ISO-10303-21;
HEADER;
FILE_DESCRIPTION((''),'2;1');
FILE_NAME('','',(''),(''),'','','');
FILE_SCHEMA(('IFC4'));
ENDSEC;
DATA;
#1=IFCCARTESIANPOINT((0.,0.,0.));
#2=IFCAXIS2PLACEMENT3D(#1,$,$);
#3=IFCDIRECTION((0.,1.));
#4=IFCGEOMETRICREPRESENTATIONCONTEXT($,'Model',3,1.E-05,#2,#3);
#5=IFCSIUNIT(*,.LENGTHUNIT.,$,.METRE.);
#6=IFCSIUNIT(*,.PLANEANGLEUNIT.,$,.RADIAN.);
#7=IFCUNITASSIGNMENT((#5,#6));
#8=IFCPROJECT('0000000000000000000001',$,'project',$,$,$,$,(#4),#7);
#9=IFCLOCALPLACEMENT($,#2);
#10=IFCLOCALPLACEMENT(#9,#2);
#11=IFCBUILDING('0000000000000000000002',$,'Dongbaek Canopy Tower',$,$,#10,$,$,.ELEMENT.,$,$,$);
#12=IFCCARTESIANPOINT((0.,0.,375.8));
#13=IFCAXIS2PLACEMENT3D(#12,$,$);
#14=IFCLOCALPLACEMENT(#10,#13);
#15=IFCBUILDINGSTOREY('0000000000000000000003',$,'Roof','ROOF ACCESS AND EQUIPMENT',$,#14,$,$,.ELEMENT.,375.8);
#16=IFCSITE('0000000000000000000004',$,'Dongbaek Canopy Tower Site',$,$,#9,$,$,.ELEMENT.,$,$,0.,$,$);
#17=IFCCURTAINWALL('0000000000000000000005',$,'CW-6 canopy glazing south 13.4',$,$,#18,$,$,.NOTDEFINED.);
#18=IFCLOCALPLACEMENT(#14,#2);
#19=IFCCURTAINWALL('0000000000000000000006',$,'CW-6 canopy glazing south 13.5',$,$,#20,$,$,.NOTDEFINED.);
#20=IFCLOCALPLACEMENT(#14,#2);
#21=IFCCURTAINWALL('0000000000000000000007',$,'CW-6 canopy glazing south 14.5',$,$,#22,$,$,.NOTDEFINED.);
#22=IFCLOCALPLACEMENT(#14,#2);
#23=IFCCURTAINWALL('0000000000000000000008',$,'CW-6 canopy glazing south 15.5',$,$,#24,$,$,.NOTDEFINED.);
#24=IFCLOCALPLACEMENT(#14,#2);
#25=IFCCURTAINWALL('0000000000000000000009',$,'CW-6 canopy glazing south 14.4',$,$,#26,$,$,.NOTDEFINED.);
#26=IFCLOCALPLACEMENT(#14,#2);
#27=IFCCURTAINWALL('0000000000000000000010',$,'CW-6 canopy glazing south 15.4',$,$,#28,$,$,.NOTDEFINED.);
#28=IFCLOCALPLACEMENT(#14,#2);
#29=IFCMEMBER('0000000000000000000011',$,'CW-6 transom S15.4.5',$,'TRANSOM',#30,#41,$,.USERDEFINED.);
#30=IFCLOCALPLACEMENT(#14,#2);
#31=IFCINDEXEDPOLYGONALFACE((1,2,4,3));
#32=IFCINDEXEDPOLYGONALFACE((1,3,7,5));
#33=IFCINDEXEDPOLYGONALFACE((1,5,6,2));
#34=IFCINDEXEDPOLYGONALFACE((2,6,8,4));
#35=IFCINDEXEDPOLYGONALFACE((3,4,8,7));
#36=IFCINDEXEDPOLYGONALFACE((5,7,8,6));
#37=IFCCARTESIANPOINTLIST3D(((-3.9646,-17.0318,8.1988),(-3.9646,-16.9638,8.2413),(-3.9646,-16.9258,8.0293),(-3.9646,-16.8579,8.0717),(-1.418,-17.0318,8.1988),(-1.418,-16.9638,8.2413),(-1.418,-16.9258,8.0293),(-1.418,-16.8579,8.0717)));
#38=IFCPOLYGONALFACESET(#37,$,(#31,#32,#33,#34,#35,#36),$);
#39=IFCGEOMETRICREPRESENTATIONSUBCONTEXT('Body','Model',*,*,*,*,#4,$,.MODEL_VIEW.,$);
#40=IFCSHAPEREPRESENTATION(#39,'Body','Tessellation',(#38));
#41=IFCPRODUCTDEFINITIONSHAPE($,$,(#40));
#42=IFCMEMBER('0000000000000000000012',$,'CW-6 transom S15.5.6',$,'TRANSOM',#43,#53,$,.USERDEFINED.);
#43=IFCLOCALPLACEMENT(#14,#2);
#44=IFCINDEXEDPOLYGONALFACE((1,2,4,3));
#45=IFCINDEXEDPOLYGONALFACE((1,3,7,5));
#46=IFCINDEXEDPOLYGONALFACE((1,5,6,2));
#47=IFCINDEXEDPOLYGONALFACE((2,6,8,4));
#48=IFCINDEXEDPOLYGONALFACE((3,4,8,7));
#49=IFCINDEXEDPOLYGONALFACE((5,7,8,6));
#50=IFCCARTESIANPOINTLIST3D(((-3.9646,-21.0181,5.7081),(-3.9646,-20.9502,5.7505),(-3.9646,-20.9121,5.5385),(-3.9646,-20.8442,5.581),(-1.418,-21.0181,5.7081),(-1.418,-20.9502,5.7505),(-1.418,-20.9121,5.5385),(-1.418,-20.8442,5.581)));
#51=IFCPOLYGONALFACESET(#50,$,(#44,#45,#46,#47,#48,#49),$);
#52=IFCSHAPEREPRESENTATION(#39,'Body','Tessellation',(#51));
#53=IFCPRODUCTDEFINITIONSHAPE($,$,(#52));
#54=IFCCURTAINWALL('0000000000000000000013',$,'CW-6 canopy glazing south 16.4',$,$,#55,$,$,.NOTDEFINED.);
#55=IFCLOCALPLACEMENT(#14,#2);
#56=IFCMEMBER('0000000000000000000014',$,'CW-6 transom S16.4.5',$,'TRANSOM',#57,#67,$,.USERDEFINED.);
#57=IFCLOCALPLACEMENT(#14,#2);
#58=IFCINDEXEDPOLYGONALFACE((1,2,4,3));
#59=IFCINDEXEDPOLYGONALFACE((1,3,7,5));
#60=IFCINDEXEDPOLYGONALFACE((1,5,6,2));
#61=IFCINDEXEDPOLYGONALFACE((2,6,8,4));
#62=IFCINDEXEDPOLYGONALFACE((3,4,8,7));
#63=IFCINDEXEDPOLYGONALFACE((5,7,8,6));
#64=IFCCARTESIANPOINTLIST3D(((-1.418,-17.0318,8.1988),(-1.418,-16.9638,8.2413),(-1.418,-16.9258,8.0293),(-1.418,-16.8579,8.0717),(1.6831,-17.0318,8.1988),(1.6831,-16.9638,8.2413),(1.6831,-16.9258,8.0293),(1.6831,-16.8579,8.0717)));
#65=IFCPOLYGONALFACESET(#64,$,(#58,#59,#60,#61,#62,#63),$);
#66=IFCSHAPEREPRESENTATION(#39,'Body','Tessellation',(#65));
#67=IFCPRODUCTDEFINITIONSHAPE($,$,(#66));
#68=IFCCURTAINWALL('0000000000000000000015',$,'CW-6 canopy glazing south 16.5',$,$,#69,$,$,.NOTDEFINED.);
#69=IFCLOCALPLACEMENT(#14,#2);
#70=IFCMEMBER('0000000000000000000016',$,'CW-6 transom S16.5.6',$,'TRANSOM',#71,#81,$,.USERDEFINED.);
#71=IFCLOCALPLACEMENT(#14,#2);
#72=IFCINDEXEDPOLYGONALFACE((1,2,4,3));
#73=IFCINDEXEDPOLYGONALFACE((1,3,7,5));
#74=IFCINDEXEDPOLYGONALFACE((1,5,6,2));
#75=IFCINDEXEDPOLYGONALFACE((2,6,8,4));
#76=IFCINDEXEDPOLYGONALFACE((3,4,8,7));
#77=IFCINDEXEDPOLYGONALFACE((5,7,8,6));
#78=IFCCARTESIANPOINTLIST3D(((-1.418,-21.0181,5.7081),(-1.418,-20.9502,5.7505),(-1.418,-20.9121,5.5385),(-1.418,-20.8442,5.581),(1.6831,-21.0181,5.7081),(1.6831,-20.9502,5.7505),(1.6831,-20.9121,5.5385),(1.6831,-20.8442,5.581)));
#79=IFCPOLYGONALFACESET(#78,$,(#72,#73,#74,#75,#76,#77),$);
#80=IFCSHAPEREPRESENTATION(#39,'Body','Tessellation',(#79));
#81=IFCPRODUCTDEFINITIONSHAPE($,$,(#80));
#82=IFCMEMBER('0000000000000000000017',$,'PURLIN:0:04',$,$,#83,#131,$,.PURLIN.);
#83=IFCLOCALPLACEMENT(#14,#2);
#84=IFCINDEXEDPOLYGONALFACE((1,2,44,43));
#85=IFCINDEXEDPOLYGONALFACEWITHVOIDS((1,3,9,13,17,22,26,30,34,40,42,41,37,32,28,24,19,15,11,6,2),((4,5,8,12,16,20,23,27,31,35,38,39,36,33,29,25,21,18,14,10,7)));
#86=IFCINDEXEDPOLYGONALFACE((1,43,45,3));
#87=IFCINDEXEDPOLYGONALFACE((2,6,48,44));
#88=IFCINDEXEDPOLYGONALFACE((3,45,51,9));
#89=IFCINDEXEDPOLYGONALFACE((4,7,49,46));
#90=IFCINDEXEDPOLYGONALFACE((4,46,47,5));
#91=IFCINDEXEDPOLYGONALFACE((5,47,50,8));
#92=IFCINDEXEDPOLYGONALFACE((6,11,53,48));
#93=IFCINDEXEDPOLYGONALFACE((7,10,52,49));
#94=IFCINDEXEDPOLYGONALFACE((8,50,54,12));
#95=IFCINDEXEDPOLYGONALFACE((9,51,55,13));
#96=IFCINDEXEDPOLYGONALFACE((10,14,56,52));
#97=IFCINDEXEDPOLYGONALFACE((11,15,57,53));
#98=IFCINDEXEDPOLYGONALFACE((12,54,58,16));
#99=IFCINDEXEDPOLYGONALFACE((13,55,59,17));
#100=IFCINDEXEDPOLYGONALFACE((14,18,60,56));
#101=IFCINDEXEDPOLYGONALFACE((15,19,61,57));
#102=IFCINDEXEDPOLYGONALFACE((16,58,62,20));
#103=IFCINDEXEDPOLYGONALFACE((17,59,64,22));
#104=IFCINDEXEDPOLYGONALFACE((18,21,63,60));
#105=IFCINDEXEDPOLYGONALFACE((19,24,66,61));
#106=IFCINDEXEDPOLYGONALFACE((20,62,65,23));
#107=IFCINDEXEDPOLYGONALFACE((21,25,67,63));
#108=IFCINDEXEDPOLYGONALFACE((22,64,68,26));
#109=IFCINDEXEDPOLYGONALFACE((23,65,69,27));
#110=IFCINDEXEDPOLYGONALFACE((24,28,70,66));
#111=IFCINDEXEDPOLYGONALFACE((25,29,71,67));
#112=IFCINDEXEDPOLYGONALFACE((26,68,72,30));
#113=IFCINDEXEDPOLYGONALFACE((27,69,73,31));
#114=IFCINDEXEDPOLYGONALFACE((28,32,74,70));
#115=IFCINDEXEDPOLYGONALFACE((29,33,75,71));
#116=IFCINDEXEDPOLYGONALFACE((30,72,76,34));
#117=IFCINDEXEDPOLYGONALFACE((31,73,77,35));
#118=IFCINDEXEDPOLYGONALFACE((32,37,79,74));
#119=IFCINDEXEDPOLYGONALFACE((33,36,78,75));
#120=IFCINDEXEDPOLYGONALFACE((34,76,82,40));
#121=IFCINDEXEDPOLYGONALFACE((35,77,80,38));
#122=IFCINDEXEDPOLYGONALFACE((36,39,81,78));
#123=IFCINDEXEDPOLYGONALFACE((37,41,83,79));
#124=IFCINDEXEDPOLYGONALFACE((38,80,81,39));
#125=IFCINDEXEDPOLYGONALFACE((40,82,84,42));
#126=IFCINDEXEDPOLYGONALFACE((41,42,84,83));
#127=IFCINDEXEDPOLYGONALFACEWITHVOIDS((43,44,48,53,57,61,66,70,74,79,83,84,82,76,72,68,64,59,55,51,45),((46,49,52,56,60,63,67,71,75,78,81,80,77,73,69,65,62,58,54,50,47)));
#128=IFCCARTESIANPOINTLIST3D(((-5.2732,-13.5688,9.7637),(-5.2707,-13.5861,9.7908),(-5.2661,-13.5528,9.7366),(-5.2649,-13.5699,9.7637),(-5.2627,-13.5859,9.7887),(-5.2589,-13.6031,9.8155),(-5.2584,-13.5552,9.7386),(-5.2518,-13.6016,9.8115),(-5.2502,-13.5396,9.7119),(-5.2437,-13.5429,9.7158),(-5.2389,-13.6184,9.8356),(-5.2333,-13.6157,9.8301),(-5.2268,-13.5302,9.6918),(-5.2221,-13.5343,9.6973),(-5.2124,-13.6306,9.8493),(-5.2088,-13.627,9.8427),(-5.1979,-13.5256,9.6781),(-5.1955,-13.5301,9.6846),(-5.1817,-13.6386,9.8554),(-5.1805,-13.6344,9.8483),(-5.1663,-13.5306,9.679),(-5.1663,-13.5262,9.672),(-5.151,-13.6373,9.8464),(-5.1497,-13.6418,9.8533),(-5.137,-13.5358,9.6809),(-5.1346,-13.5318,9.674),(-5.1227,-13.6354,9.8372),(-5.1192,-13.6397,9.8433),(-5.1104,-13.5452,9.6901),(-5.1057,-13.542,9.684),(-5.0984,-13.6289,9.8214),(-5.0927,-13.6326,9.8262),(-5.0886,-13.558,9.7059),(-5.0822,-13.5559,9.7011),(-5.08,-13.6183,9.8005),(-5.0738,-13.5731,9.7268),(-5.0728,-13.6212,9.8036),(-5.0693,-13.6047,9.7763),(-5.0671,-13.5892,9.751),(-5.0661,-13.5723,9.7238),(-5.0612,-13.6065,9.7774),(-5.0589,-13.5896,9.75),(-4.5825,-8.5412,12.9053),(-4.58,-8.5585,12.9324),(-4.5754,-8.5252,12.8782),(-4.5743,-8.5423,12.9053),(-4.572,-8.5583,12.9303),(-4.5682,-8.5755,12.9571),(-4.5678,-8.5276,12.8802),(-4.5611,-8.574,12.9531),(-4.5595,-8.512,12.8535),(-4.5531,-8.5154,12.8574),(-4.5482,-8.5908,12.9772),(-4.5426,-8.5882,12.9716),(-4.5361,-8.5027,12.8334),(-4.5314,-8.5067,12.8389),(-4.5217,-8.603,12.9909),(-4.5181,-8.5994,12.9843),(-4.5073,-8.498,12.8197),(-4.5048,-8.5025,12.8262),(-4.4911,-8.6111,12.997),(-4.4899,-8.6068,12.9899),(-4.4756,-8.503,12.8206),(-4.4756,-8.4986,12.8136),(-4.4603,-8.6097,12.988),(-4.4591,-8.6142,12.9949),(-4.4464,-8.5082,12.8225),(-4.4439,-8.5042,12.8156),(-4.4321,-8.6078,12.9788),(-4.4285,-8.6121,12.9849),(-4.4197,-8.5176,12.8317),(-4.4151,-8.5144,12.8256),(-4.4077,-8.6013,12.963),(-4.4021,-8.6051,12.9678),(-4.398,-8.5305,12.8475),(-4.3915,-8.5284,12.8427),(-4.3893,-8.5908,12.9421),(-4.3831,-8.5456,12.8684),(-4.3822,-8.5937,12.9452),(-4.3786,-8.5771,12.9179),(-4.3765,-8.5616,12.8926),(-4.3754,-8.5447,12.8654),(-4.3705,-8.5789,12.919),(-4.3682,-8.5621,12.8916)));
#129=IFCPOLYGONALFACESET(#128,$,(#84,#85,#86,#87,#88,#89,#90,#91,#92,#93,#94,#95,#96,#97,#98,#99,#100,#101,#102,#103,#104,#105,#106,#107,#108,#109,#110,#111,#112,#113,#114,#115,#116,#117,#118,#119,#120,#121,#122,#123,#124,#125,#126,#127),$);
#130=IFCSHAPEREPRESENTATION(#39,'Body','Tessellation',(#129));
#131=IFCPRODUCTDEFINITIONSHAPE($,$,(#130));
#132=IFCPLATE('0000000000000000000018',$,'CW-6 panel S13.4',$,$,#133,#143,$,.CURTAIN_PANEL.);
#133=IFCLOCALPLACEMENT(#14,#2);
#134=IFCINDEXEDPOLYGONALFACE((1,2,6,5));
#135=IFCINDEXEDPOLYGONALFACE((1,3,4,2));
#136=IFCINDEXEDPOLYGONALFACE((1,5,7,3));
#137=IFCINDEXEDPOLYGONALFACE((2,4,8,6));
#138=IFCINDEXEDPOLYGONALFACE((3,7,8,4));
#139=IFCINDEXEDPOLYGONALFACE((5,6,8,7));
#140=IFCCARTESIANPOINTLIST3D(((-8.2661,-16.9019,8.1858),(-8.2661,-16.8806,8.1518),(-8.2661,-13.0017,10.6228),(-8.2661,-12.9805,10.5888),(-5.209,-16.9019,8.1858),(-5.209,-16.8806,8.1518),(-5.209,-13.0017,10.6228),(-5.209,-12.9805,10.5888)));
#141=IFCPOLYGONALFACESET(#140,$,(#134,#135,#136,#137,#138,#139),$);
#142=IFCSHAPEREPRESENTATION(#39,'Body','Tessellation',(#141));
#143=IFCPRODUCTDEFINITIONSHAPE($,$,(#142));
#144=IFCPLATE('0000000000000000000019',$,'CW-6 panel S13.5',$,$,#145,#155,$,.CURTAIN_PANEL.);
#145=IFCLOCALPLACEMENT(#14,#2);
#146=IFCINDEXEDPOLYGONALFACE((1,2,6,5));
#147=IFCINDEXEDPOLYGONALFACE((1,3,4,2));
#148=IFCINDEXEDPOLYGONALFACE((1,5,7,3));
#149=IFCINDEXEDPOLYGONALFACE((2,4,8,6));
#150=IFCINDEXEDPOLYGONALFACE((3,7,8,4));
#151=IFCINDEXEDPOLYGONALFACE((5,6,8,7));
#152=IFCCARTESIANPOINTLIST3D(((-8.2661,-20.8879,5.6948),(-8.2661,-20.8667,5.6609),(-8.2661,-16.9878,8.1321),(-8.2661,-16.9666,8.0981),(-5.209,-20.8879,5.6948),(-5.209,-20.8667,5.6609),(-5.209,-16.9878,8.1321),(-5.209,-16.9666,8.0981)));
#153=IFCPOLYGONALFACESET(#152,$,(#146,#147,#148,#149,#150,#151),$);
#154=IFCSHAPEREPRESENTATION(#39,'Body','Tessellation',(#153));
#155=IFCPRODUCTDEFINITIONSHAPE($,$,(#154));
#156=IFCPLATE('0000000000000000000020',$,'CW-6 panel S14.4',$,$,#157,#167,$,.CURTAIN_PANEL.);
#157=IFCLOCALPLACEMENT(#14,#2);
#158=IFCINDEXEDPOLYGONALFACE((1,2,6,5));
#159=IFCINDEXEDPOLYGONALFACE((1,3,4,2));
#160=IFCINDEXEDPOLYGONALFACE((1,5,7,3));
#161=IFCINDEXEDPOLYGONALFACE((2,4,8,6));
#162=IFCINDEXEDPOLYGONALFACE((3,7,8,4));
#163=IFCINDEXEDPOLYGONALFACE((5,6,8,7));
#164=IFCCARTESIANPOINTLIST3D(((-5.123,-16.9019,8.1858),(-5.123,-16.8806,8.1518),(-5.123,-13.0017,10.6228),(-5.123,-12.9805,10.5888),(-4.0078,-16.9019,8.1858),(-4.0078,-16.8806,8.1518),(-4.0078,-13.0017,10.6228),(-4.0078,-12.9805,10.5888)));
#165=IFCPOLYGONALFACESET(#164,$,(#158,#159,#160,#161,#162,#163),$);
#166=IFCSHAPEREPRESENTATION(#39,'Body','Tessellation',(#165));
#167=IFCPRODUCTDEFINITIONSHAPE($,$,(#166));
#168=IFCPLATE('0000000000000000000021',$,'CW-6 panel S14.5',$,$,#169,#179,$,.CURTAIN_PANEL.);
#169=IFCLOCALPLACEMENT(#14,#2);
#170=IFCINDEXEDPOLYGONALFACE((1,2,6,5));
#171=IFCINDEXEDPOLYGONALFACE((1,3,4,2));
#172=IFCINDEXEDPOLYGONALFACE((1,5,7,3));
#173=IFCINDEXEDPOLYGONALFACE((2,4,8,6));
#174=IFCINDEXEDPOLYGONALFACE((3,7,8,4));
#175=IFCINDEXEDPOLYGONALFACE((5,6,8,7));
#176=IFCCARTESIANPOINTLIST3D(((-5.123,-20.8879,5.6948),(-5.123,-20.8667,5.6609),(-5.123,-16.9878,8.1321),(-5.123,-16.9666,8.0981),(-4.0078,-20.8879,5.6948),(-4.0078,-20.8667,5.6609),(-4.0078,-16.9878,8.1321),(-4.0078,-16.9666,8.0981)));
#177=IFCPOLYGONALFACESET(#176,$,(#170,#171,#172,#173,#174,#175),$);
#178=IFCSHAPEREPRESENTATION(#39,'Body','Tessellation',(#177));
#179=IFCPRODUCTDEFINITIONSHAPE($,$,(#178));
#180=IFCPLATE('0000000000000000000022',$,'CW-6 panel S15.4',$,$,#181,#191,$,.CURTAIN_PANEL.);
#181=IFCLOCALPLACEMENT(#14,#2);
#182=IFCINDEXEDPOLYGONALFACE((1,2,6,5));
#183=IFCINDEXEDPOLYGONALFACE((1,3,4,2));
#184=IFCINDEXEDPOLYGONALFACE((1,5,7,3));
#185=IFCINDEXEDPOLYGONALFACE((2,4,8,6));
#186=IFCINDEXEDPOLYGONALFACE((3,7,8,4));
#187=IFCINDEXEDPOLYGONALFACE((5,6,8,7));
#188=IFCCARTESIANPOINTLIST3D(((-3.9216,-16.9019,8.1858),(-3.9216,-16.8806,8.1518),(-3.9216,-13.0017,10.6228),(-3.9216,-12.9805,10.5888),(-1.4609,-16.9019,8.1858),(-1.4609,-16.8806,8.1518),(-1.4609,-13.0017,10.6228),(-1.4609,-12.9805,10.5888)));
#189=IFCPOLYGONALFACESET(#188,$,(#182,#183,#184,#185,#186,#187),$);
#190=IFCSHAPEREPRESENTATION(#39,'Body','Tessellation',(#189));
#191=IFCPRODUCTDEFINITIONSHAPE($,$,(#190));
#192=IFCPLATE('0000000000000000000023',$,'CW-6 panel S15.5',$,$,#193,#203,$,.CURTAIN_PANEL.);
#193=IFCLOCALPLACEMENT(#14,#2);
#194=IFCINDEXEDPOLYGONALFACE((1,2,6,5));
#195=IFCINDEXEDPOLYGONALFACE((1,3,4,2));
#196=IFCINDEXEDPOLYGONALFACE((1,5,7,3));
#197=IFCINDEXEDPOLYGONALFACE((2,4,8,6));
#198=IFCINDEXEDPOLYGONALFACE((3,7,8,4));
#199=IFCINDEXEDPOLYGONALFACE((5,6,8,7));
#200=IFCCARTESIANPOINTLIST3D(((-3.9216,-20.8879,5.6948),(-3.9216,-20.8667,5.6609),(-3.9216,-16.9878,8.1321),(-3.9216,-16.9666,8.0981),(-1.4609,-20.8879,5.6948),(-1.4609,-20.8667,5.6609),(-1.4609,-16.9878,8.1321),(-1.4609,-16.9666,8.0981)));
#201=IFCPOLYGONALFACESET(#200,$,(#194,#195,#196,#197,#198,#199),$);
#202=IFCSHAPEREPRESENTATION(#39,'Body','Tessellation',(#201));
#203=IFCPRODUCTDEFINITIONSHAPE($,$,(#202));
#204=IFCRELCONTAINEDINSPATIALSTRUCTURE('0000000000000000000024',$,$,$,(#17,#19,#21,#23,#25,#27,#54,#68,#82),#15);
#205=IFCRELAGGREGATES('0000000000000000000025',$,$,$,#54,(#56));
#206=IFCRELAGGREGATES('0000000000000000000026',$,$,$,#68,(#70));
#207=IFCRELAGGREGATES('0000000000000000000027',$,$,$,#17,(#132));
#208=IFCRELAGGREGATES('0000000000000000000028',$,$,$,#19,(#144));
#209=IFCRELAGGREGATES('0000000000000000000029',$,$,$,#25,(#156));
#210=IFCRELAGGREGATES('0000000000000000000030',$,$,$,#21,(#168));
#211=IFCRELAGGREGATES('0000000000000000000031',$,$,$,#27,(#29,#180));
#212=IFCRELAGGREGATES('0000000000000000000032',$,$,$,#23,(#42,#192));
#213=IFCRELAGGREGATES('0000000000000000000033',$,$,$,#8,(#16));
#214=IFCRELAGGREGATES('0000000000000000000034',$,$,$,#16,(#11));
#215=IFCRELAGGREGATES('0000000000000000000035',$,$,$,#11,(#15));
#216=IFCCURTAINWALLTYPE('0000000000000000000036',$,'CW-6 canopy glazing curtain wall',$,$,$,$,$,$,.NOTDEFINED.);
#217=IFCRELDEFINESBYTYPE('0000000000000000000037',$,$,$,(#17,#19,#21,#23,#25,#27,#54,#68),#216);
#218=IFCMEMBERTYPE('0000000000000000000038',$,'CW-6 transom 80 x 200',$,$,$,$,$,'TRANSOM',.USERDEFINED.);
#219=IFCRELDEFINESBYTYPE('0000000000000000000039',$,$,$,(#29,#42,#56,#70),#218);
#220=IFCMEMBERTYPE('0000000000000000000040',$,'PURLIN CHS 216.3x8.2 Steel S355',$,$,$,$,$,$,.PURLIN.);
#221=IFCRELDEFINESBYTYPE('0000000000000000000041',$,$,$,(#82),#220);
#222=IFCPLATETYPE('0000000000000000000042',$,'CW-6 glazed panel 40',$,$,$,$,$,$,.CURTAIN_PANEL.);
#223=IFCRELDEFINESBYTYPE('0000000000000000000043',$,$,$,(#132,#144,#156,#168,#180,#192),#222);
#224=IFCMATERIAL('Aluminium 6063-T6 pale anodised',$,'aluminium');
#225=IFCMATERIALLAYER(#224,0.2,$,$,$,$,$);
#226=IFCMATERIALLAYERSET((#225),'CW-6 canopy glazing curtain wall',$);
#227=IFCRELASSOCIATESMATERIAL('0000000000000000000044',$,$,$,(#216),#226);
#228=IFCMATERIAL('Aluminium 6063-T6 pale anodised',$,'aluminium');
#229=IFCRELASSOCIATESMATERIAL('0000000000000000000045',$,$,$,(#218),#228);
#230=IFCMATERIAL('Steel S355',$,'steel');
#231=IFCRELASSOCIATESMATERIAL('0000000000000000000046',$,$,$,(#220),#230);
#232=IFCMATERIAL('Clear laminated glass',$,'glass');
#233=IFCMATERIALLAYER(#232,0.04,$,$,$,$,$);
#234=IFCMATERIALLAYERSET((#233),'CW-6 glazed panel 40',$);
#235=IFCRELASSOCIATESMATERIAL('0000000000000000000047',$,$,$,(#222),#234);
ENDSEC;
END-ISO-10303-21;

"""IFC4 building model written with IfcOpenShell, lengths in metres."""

from ifc_helpers import new_model, si_unit, direction, frame, origin, origin_2d, place, context, subcontext, project, spatial, polyline, rectangle, hollow_circle, outline, extrude, material, layer, layer_set, material_profile, profile_set, type_object, element, aggregate, save


model = new_model("IFC4")

# Units and contexts
model_context = context("Model", 3, precision=1e-05, world=origin(), true_north=direction((0.0, 1.0)))
body_context = subcontext(model_context, "Body", "Model", "MODEL_VIEW")
ifc_project = project(units=[si_unit("LENGTHUNIT", "METRE"), si_unit("PLANEANGLEUNIT", "RADIAN")], contexts=[model_context])

# Site, building, storey
site_placement = place(None, origin())
site = spatial("IfcSite", under=ifc_project, at=site_placement, Name="Dongbaek Canopy Tower Site", CompositionType="ELEMENT", RefElevation=0.0)
building_placement = place(site_placement, origin())
building = spatial("IfcBuilding", under=site, at=building_placement, Name="Dongbaek Canopy Tower", CompositionType="ELEMENT")
storey_placement = place(building_placement, frame((0.0, 0.0, 375.8)))
storey = spatial("IfcBuildingStorey", under=building, at=storey_placement, Name="Roof", Description="ROOF ACCESS AND EQUIPMENT", CompositionType="ELEMENT", Elevation=375.8)

# Curtain walls
ifc_material_1 = material(Name="Aluminium 6063-T6 pale anodised", Category="aluminium")
ifc_layer_1 = layer(ifc_material_1, 0.2)
ifc_layer_set_1 = layer_set([ifc_layer_1], Name="CW-6 canopy glazing curtain wall")
curtain_wall_type = type_object("IfcCurtainWallType", Name="CW-6 canopy glazing curtain wall", PredefinedType="NOTDEFINED", material=ifc_layer_set_1)
curtain_wall_1_placement = place(storey_placement, origin())
curtain_wall_1 = element("IfcCurtainWall", 1, at=curtain_wall_1_placement, inside=storey, type_object=curtain_wall_type, Name="CW-6 canopy glazing south 13.4", PredefinedType="NOTDEFINED")
curtain_wall_2_placement = place(storey_placement, origin())
curtain_wall_2 = element("IfcCurtainWall", 2, at=curtain_wall_2_placement, inside=storey, type_object=curtain_wall_type, Name="CW-6 canopy glazing south 13.5", PredefinedType="NOTDEFINED")
curtain_wall_3_placement = place(storey_placement, origin())
curtain_wall_3 = element("IfcCurtainWall", 3, at=curtain_wall_3_placement, inside=storey, type_object=curtain_wall_type, Name="CW-6 canopy glazing south 14.5", PredefinedType="NOTDEFINED")
curtain_wall_4_placement = place(storey_placement, origin())
curtain_wall_4 = element("IfcCurtainWall", 4, at=curtain_wall_4_placement, inside=storey, type_object=curtain_wall_type, Name="CW-6 canopy glazing south 15.5", PredefinedType="NOTDEFINED")
ifc_material_2 = material(Name="Aluminium 6063-T6 pale anodised", Category="aluminium")
ifc_material_profile_1 = material_profile(ifc_material_2, rectangle(XDim=0.0801, YDim=0.2, at=origin_2d()), Name="CW-6 transom 80 x 200")
ifc_profile_set_1 = profile_set([ifc_material_profile_1], Name="Aluminium 6063-T6 pale anodised")
member_type_1 = type_object("IfcMemberType", Name="CW-6 transom 80 x 200", ElementType="TRANSOM", PredefinedType="USERDEFINED", material=ifc_profile_set_1)

# Curtain wall
curtain_wall_5_placement = place(storey_placement, origin())
curtain_wall_5 = element("IfcCurtainWall", 5, at=curtain_wall_5_placement, inside=storey, type_object=curtain_wall_type, Name="CW-6 canopy glazing south 14.4", PredefinedType="NOTDEFINED")

# Curtain wall, member
curtain_wall_6_placement = place(storey_placement, origin())
curtain_wall_6 = element("IfcCurtainWall", 6, at=curtain_wall_6_placement, inside=storey, type_object=curtain_wall_type, Name="CW-6 canopy glazing south 15.4", PredefinedType="NOTDEFINED")
member_1_placement = place(storey_placement, frame((-3.9646, -16.9448, 8.1353), z_axis=(1.0, 0.0, 0.0), x_axis=(0.0, 0.848048, 0.529919)))
member_1 = element("IfcMember", 7, at=member_1_placement, type_object=member_type_1, Name="CW-6 transom S15.4.5", ObjectType="TRANSOM", PredefinedType="USERDEFINED", context=body_context, shape_type="SweptSolid", body=[
    extrude(rectangle(XDim=0.0801, YDim=0.2, at=origin_2d()), origin(), (0.0, 0.0, 1.0), 2.5466),
])

# Member
member_2_placement = place(storey_placement, frame((-3.9646, -20.9312, 5.6445), z_axis=(1.0, 0.0, 0.0), x_axis=(0.0, 0.848048, 0.529919)))
member_2 = element("IfcMember", 8, at=member_2_placement, type_object=member_type_1, Name="CW-6 transom S15.5.6", ObjectType="TRANSOM", PredefinedType="USERDEFINED", context=body_context, shape_type="SweptSolid", body=[
    extrude(rectangle(XDim=0.0801, YDim=0.2, at=origin_2d()), origin(), (0.0, 0.0, 1.0), 2.5466),
])

# Curtain walls, members
curtain_wall_7_placement = place(storey_placement, origin())
curtain_wall_7 = element("IfcCurtainWall", 9, at=curtain_wall_7_placement, inside=storey, type_object=curtain_wall_type, Name="CW-6 canopy glazing south 16.4", PredefinedType="NOTDEFINED")
member_3_placement = place(storey_placement, frame((-1.418, -16.9448, 8.1353), z_axis=(1.0, 0.0, 0.0), x_axis=(0.0, 0.848048, 0.529919)))
member_3 = element("IfcMember", 10, at=member_3_placement, type_object=member_type_1, Name="CW-6 transom S16.4.5", ObjectType="TRANSOM", PredefinedType="USERDEFINED", context=body_context, shape_type="SweptSolid", body=[
    extrude(rectangle(XDim=0.0801, YDim=0.2, at=origin_2d()), origin(), (0.0, 0.0, 1.0), 3.1011),
])
aggregate(curtain_wall_7, [member_3])
curtain_wall_8_placement = place(storey_placement, origin())
curtain_wall_8 = element("IfcCurtainWall", 11, at=curtain_wall_8_placement, inside=storey, type_object=curtain_wall_type, Name="CW-6 canopy glazing south 16.5", PredefinedType="NOTDEFINED")
member_4_placement = place(storey_placement, frame((-1.418, -20.9312, 5.6445), z_axis=(1.0, 0.0, 0.0), x_axis=(0.0, 0.848048, 0.529919)))
member_4 = element("IfcMember", 12, at=member_4_placement, type_object=member_type_1, Name="CW-6 transom S16.5.6", ObjectType="TRANSOM", PredefinedType="USERDEFINED", context=body_context, shape_type="SweptSolid", body=[
    extrude(rectangle(XDim=0.0801, YDim=0.2, at=origin_2d()), origin(), (0.0, 0.0, 1.0), 3.1011),
])
aggregate(curtain_wall_8, [member_4])

# Member
ifc_material_3 = material(Name="Steel S355", Category="steel")
ifc_material_profile_2 = material_profile(ifc_material_3, hollow_circle(Radius=0.1082, WallThickness=0.0083, at=origin_2d()), Name="PURLIN CHS 216.3x8.2 Steel S355")
ifc_profile_set_2 = profile_set([ifc_material_profile_2], Name="Steel S355")
member_type_2 = type_object("IfcMemberType", Name="PURLIN CHS 216.3x8.2 Steel S355", PredefinedType="PURLIN", material=ifc_profile_set_2)
member_5_placement = place(storey_placement, frame((-5.166, -13.5835, 9.7637), z_axis=(0.115719, 0.84235, 0.526361), x_axis=(-0.990695, 0.136099, 0.0)))
element("IfcMember", 13, at=member_5_placement, inside=storey, type_object=member_type_2, Name="PURLIN:0:04", PredefinedType="PURLIN", context=body_context, shape_type="SweptSolid", body=[
    extrude(hollow_circle(Radius=0.1082, WallThickness=0.0083, at=origin_2d()), origin(), (0.0, 0.0, 1.0), 5.9685),
])

# Plates
ifc_material_4 = material(Name="Clear laminated glass", Category="glass")
ifc_layer_2 = layer(ifc_material_4, 0.04)
ifc_layer_set_2 = layer_set([ifc_layer_2], Name="CW-6 glazed panel 40")
plate_type = type_object("IfcPlateType", Name="CW-6 glazed panel 40", PredefinedType="CURTAIN_PANEL", material=ifc_layer_set_2)
plate_1_placement = place(storey_placement, frame((-5.209, -16.9019, 8.1858), z_axis=(0.0, -0.529908, 0.848055), x_axis=(-1.0, 0.0, 0.0)))
plate_1 = element("IfcPlate", 14, at=plate_1_placement, type_object=plate_type, Name="CW-6 panel S13.4", PredefinedType="CURTAIN_PANEL", context=body_context, shape_type="SweptSolid", body=[
    extrude(outline(polyline([(0.0, 0.0), (3.0571, 0.0), (3.0571, -4.5989), (0.0, -4.5989), (0.0, 0.0)])), origin(), (0.0, 0.0, -1.0), 0.04),
])
aggregate(curtain_wall_1, [plate_1])
plate_2_placement = place(storey_placement, frame((-5.209, -20.8879, 5.6948), z_axis=(0.0, -0.529946, 0.848031), x_axis=(-1.0, 0.0, 0.0)))
plate_2 = element("IfcPlate", 15, at=plate_2_placement, type_object=plate_type, Name="CW-6 panel S13.5", PredefinedType="CURTAIN_PANEL", context=body_context, shape_type="SweptSolid", body=[
    extrude(outline(polyline([(0.0, 0.0), (3.0571, 0.0), (3.0571, -4.5991), (0.0, -4.5991), (0.0, 0.0)])), origin(), (0.0, 0.0, -1.0), 0.04),
])
aggregate(curtain_wall_2, [plate_2])
plate_3_placement = place(storey_placement, frame((-4.0078, -16.9019, 8.1858), z_axis=(0.0, -0.529908, 0.848055), x_axis=(-1.0, 0.0, 0.0)))
plate_3 = element("IfcPlate", 16, at=plate_3_placement, type_object=plate_type, Name="CW-6 panel S14.4", PredefinedType="CURTAIN_PANEL", context=body_context, shape_type="SweptSolid", body=[
    extrude(outline(polyline([(0.0, 0.0), (1.1152, 0.0), (1.1152, -4.5989), (0.0, -4.5989), (0.0, 0.0)])), origin(), (0.0, 0.0, -1.0), 0.04),
])
aggregate(curtain_wall_5, [plate_3])
plate_4_placement = place(storey_placement, frame((-4.0078, -20.8879, 5.6948), z_axis=(0.0, -0.529946, 0.848031), x_axis=(-1.0, 0.0, 0.0)))
plate_4 = element("IfcPlate", 17, at=plate_4_placement, type_object=plate_type, Name="CW-6 panel S14.5", PredefinedType="CURTAIN_PANEL", context=body_context, shape_type="SweptSolid", body=[
    extrude(outline(polyline([(0.0, 0.0), (1.1152, 0.0), (1.1152, -4.5991), (0.0, -4.5991), (0.0, 0.0)])), origin(), (0.0, 0.0, -1.0), 0.04),
])
aggregate(curtain_wall_3, [plate_4])
plate_5_placement = place(storey_placement, frame((-1.4609, -16.9019, 8.1858), z_axis=(0.0, -0.529908, 0.848055), x_axis=(-1.0, 0.0, 0.0)))
plate_5 = element("IfcPlate", 18, at=plate_5_placement, type_object=plate_type, Name="CW-6 panel S15.4", PredefinedType="CURTAIN_PANEL", context=body_context, shape_type="SweptSolid", body=[
    extrude(outline(polyline([(0.0, 0.0), (2.4607, 0.0), (2.4607, -4.5989), (0.0, -4.5989), (0.0, 0.0)])), origin(), (0.0, 0.0, -1.0), 0.04),
])
aggregate(curtain_wall_6, [member_1, plate_5])
plate_6_placement = place(storey_placement, frame((-1.4609, -20.8879, 5.6948), z_axis=(0.0, -0.529946, 0.848031), x_axis=(-1.0, 0.0, 0.0)))
plate_6 = element("IfcPlate", 19, at=plate_6_placement, type_object=plate_type, Name="CW-6 panel S15.5", PredefinedType="CURTAIN_PANEL", context=body_context, shape_type="SweptSolid", body=[
    extrude(outline(polyline([(0.0, 0.0), (2.4607, 0.0), (2.4607, -4.5991), (0.0, -4.5991), (0.0, 0.0)])), origin(), (0.0, 0.0, -1.0), 0.04),
])
aggregate(curtain_wall_4, [member_2, plate_6])

save(model, "model.ifc")
